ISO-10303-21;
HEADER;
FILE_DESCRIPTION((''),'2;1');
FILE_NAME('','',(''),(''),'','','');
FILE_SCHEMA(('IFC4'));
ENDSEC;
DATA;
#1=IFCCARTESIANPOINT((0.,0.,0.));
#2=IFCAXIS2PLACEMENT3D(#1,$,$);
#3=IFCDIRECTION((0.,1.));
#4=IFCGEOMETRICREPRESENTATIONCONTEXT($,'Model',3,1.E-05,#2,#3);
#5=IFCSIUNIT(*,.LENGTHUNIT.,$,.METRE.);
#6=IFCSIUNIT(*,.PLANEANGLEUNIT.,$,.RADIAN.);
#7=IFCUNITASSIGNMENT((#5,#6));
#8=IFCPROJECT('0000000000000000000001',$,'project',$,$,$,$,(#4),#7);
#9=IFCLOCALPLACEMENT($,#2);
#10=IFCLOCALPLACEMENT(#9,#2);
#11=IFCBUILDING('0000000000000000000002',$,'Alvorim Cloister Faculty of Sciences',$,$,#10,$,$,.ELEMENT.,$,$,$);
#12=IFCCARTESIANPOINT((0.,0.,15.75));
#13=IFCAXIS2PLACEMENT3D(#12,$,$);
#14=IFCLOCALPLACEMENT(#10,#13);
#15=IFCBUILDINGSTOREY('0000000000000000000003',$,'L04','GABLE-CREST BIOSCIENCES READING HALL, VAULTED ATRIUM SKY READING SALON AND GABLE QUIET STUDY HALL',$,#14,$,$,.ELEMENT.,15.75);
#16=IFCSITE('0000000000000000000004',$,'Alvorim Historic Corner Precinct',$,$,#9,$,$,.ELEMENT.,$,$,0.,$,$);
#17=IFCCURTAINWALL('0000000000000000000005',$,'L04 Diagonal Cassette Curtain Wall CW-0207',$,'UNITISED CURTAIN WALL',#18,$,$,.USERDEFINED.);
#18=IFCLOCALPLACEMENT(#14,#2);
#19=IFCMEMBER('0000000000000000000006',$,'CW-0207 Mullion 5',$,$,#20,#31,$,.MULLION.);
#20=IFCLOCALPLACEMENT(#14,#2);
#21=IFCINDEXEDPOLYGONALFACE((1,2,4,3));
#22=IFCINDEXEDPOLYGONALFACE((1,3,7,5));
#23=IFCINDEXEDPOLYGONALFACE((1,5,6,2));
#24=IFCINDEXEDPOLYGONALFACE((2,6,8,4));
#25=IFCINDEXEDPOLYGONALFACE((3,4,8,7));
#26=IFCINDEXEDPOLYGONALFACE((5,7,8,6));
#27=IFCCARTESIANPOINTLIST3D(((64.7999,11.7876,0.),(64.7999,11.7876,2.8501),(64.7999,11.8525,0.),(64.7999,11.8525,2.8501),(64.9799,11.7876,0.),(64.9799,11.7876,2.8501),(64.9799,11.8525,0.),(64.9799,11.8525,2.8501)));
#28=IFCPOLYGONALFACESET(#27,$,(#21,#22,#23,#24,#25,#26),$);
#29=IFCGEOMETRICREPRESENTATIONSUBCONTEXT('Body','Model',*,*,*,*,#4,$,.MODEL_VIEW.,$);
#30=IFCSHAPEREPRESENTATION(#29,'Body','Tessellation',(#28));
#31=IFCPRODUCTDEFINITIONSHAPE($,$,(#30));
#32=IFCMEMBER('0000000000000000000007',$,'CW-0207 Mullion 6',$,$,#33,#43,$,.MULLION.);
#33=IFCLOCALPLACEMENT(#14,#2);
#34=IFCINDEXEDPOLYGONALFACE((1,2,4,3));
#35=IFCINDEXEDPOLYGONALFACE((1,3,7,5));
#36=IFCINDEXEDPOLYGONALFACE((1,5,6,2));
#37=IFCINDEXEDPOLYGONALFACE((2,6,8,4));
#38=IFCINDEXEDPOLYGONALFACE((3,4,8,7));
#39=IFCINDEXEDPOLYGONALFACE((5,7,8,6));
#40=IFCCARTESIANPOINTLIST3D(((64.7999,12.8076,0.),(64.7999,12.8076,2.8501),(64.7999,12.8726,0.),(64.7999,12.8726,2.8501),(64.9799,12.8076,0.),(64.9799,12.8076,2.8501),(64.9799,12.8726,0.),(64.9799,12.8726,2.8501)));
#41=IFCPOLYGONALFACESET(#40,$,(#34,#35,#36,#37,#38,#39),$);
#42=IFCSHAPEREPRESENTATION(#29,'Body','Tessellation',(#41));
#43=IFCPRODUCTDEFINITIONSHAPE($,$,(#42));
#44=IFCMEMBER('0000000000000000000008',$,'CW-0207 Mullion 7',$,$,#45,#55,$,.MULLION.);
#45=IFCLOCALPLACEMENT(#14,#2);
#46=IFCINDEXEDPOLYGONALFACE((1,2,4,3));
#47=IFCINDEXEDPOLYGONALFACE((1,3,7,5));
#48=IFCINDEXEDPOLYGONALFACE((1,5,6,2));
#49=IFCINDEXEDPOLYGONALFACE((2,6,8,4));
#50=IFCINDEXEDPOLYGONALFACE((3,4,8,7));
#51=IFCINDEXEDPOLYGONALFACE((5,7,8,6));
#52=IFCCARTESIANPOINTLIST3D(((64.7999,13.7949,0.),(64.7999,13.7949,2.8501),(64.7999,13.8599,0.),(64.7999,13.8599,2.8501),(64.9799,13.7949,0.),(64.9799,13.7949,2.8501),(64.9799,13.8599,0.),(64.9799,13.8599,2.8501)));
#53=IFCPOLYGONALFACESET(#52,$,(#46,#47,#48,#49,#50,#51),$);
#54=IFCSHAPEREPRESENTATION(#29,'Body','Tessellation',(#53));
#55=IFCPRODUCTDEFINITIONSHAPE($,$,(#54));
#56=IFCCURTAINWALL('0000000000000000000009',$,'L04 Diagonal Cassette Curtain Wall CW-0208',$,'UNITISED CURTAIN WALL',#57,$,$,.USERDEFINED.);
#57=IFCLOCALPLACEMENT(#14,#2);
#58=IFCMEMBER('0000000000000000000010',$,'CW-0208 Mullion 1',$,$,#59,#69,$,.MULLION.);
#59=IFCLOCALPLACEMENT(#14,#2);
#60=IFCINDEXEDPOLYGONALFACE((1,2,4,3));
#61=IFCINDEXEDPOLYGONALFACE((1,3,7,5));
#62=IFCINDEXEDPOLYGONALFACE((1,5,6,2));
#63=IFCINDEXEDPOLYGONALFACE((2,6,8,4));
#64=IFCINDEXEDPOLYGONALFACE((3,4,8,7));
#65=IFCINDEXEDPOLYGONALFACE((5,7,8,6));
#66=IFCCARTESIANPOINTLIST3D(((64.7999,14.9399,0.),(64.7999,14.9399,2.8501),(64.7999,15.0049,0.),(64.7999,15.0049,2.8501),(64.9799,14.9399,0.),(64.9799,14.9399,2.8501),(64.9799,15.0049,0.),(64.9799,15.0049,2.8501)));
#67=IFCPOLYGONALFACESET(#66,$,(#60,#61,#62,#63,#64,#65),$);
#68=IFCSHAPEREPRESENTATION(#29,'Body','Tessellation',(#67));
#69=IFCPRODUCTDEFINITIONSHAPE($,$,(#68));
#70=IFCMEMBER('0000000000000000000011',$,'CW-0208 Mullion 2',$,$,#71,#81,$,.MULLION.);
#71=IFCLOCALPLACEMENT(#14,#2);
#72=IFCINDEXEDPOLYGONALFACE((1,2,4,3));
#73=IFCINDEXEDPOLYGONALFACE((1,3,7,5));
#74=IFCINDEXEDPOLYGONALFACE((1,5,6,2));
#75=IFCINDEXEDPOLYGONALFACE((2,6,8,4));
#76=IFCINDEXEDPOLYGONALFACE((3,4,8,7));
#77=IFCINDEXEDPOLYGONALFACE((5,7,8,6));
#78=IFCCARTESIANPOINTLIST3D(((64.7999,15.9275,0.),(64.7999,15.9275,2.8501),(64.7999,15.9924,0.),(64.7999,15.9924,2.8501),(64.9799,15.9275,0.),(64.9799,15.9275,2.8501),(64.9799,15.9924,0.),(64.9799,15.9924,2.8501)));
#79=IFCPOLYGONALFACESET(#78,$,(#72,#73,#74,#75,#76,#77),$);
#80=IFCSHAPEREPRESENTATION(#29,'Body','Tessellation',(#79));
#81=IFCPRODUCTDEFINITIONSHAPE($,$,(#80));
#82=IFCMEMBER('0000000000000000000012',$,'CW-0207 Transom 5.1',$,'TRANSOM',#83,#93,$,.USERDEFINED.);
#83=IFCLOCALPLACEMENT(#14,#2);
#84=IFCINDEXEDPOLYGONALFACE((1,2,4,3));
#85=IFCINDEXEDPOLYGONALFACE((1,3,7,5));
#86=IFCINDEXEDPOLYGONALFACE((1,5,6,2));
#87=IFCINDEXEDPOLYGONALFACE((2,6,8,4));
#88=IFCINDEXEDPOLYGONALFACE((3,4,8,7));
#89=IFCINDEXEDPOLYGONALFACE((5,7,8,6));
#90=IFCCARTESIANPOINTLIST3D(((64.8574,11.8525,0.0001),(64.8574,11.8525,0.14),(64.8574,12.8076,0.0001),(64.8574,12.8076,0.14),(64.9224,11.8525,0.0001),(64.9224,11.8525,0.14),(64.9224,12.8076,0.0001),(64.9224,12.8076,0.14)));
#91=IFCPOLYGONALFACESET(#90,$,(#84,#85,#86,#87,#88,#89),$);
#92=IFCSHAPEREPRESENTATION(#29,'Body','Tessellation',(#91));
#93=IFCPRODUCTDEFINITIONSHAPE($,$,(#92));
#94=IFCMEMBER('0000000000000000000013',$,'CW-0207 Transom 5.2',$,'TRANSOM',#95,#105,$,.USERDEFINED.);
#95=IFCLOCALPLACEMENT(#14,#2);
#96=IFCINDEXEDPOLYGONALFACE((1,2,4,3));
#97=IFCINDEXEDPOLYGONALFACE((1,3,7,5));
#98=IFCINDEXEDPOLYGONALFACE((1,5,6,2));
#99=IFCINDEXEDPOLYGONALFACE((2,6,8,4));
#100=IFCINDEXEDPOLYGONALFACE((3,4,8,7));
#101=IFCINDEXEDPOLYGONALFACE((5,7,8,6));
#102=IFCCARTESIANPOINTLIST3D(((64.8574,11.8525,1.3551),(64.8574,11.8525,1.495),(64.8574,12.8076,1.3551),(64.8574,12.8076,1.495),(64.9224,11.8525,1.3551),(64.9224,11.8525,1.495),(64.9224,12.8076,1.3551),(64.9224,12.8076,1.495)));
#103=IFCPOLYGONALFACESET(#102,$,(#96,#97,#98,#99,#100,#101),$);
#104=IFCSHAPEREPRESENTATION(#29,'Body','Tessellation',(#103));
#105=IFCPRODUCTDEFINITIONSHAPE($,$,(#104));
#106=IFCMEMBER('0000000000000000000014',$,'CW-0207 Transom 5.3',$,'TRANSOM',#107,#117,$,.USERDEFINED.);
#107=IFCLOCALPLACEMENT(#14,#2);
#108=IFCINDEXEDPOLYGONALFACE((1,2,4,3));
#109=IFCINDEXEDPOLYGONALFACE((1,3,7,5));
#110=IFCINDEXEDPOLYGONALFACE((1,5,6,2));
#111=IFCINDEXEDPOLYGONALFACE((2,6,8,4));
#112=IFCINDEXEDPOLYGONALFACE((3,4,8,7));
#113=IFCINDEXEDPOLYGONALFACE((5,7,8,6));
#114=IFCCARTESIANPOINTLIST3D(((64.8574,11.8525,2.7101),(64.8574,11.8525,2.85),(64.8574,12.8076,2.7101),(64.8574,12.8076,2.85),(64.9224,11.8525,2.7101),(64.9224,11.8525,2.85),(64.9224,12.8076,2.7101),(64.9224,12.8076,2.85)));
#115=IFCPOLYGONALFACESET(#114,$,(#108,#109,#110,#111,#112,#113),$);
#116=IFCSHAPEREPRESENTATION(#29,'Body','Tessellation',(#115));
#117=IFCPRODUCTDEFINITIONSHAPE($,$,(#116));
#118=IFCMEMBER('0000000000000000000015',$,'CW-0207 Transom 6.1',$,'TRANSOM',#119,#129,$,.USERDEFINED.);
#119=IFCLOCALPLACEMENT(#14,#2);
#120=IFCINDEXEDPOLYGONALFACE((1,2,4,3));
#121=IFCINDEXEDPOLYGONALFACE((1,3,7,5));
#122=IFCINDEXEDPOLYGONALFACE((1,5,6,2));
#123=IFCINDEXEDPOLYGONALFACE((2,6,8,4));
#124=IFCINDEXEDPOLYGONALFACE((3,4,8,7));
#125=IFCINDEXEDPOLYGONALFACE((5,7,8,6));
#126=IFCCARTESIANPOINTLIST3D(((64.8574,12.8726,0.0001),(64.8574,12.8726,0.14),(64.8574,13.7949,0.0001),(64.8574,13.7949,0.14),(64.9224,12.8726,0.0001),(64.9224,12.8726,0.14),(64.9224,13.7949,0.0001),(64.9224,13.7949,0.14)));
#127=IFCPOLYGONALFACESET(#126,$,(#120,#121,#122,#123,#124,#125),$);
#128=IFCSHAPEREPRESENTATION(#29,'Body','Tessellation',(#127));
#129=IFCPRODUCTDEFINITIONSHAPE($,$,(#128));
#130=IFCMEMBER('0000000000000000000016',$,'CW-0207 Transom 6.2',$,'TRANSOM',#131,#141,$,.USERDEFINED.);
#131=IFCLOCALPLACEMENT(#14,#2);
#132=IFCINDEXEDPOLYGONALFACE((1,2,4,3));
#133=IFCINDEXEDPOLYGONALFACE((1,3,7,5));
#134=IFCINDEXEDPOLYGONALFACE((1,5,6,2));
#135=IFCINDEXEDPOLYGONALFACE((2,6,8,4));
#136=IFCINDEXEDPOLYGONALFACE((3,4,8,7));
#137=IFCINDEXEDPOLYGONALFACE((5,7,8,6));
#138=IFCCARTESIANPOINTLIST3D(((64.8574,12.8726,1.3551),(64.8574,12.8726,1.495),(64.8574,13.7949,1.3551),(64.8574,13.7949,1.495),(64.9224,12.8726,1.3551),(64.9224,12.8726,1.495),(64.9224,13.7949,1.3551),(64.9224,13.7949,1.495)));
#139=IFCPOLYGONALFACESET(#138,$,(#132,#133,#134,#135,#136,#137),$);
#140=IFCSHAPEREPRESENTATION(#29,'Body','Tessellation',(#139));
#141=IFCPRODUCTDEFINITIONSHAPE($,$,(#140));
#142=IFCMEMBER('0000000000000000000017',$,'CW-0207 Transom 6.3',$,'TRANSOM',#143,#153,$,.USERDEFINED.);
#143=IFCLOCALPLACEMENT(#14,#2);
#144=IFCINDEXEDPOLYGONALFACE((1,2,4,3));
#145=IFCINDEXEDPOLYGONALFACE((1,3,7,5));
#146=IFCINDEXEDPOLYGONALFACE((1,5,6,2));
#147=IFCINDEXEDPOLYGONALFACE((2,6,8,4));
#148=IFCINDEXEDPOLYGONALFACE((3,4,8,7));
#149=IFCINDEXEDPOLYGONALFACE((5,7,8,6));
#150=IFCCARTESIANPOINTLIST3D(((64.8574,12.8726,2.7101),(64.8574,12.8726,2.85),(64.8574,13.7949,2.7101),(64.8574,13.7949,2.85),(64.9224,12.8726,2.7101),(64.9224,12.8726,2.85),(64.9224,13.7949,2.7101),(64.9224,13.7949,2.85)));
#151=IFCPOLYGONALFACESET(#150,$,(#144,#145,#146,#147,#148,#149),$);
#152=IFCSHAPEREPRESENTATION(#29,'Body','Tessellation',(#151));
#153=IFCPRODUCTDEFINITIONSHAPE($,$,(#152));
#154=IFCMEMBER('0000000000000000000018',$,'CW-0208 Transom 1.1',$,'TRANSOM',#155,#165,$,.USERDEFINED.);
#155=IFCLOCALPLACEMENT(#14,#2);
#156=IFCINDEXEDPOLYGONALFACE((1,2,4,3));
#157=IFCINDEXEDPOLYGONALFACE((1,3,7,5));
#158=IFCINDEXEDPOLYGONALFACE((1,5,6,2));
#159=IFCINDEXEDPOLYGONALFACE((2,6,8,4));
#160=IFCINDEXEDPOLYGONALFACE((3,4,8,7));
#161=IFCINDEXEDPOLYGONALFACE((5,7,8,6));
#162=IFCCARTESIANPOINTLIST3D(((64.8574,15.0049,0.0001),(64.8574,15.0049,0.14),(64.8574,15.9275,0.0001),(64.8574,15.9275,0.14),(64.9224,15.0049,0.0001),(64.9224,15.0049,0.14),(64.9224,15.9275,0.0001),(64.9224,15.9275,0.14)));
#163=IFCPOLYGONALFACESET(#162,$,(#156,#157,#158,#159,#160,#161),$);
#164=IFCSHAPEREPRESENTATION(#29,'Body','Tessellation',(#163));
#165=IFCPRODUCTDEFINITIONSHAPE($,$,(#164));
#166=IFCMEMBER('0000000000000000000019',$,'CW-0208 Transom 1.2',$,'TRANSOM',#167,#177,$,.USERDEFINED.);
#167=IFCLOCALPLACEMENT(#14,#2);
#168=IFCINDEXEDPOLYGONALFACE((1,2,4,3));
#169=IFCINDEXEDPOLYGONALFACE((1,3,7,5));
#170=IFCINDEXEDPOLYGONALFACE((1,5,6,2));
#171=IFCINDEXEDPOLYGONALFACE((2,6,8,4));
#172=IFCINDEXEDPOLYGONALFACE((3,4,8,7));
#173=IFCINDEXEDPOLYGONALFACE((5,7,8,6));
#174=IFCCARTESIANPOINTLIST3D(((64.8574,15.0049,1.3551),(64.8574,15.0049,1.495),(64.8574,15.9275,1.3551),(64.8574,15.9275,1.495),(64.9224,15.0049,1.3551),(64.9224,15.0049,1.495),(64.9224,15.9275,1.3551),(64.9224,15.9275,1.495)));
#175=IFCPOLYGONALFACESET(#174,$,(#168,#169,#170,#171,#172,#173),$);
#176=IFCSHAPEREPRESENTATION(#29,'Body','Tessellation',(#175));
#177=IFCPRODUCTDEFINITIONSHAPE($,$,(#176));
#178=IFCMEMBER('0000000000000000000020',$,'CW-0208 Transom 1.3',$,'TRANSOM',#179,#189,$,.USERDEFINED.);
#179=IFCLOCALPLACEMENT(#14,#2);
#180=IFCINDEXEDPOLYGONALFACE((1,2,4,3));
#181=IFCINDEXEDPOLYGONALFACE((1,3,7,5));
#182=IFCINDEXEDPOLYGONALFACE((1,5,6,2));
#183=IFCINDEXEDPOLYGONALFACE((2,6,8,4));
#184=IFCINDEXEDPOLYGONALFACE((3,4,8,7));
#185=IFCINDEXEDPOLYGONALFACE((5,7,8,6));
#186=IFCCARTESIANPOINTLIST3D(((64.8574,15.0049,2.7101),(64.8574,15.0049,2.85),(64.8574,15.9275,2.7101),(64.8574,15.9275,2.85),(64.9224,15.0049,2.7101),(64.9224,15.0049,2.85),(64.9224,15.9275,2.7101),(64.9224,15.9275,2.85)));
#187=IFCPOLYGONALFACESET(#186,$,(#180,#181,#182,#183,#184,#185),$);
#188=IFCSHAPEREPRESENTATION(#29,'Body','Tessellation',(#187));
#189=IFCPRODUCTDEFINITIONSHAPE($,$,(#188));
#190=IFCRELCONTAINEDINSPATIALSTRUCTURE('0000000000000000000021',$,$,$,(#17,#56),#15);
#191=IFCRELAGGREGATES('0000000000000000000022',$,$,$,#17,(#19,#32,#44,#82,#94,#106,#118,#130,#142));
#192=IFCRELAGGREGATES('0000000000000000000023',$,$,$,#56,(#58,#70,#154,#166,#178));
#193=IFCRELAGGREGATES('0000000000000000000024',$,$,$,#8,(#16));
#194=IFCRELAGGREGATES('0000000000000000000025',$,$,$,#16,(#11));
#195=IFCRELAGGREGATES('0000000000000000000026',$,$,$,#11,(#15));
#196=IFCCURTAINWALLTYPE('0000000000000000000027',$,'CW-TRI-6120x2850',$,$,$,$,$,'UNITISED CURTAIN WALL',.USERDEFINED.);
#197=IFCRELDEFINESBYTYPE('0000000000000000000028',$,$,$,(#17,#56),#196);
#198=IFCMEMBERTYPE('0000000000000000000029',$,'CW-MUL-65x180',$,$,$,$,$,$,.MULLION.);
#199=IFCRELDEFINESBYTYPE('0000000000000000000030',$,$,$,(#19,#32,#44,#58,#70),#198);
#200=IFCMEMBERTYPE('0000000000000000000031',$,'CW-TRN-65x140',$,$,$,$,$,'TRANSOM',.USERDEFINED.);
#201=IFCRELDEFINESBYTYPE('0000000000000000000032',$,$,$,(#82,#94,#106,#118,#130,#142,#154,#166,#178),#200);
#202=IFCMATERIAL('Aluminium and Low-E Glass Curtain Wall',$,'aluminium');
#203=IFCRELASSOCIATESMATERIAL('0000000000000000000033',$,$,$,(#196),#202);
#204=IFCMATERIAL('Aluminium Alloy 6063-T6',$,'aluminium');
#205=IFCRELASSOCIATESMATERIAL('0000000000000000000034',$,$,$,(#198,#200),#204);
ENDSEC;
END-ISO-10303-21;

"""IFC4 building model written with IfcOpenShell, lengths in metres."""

from ifc_helpers import new_model, si_unit, direction, frame, origin, origin_2d, place, context, subcontext, project, spatial, rectangle, extrude, material, material_profile, profile_set, type_object, element, aggregate, save


model = new_model("IFC4")

# Units and contexts
model_context = context("Model", 3, precision=1e-05, world=origin(), true_north=direction((0.0, 1.0)))
body_context = subcontext(model_context, "Body", "Model", "MODEL_VIEW")
ifc_project = project(units=[si_unit("LENGTHUNIT", "METRE"), si_unit("PLANEANGLEUNIT", "RADIAN")], contexts=[model_context])

# Site, building, storey
site_placement = place(None, origin())
site = spatial("IfcSite", under=ifc_project, at=site_placement, Name="Alvorim Historic Corner Precinct", CompositionType="ELEMENT", RefElevation=0.0)
building_placement = place(site_placement, origin())
building = spatial("IfcBuilding", under=site, at=building_placement, Name="Alvorim Cloister Faculty of Sciences", CompositionType="ELEMENT")
storey_placement = place(building_placement, frame((0.0, 0.0, 15.75)))
storey = spatial("IfcBuildingStorey", under=building, at=storey_placement, Name="L04", Description="GABLE-CREST BIOSCIENCES READING HALL, VAULTED ATRIUM SKY READING SALON AND GABLE QUIET STUDY HALL", CompositionType="ELEMENT", Elevation=15.75)

# Curtain walls, members
ifc_material_1 = material(Name="Aluminium and Low-E Glass Curtain Wall", Category="aluminium")
curtain_wall_type = type_object("IfcCurtainWallType", Name="CW-TRI-6120x2850", ElementType="UNITISED CURTAIN WALL", PredefinedType="USERDEFINED", material=ifc_material_1)
curtain_wall_1_placement = place(storey_placement, origin())
curtain_wall_1 = element("IfcCurtainWall", 1, at=curtain_wall_1_placement, inside=storey, type_object=curtain_wall_type, Name="L04 Diagonal Cassette Curtain Wall CW-0207", ObjectType="UNITISED CURTAIN WALL", PredefinedType="USERDEFINED")
ifc_material_2 = material(Name="Aluminium Alloy 6063-T6", Category="aluminium")
ifc_material_profile_1 = material_profile(ifc_material_2, rectangle(XDim=0.0649, YDim=0.1799, at=origin_2d()), Name="ALU-MUL-65x180")
ifc_profile_set_1 = profile_set([ifc_material_profile_1], Name="Aluminium Alloy 6063-T6")
member_type_1 = type_object("IfcMemberType", Name="CW-MUL-65x180", PredefinedType="MULLION", material=ifc_profile_set_1)
member_1_placement = place(storey_placement, frame((64.8899, 11.8201, 0.0), z_axis=(0.0, 0.0, 1.0), x_axis=(0.0, 1.0, 0.0)))
member_1 = element("IfcMember", 2, at=member_1_placement, type_object=member_type_1, Name="CW-0207 Mullion 5", PredefinedType="MULLION", context=body_context, shape_type="SweptSolid", body=[
    extrude(rectangle(XDim=0.0649, YDim=0.1799, at=origin_2d()), origin(), (0.0, 0.0, 1.0), 2.8501),
])
member_2_placement = place(storey_placement, frame((64.8899, 12.8401, 0.0), z_axis=(0.0, 0.0, 1.0), x_axis=(0.0, 1.0, 0.0)))
member_2 = element("IfcMember", 3, at=member_2_placement, type_object=member_type_1, Name="CW-0207 Mullion 6", PredefinedType="MULLION", context=body_context, shape_type="SweptSolid", body=[
    extrude(rectangle(XDim=0.0649, YDim=0.1799, at=origin_2d()), origin(), (0.0, 0.0, 1.0), 2.8501),
])
member_3_placement = place(storey_placement, frame((64.8899, 13.8274, 0.0), z_axis=(0.0, 0.0, 1.0), x_axis=(0.0, 1.0, 0.0)))
member_3 = element("IfcMember", 4, at=member_3_placement, type_object=member_type_1, Name="CW-0207 Mullion 7", PredefinedType="MULLION", context=body_context, shape_type="SweptSolid", body=[
    extrude(rectangle(XDim=0.0649, YDim=0.1799, at=origin_2d()), origin(), (0.0, 0.0, 1.0), 2.8501),
])
curtain_wall_2_placement = place(storey_placement, origin())
curtain_wall_2 = element("IfcCurtainWall", 5, at=curtain_wall_2_placement, inside=storey, type_object=curtain_wall_type, Name="L04 Diagonal Cassette Curtain Wall CW-0208", ObjectType="UNITISED CURTAIN WALL", PredefinedType="USERDEFINED")
member_4_placement = place(storey_placement, frame((64.8899, 14.9724, 0.0), z_axis=(0.0, 0.0, 1.0), x_axis=(0.0, 1.0, 0.0)))
member_4 = element("IfcMember", 6, at=member_4_placement, type_object=member_type_1, Name="CW-0208 Mullion 1", PredefinedType="MULLION", context=body_context, shape_type="SweptSolid", body=[
    extrude(rectangle(XDim=0.0649, YDim=0.1799, at=origin_2d()), origin(), (0.0, 0.0, 1.0), 2.8501),
])
member_5_placement = place(storey_placement, frame((64.8899, 15.96, 0.0), z_axis=(0.0, 0.0, 1.0), x_axis=(0.0, 1.0, 0.0)))
member_5 = element("IfcMember", 7, at=member_5_placement, type_object=member_type_1, Name="CW-0208 Mullion 2", PredefinedType="MULLION", context=body_context, shape_type="SweptSolid", body=[
    extrude(rectangle(XDim=0.0649, YDim=0.1799, at=origin_2d()), origin(), (0.0, 0.0, 1.0), 2.8501),
])

# Members
ifc_material_profile_2 = material_profile(ifc_material_2, rectangle(XDim=0.0649, YDim=0.1399, at=origin_2d()), Name="ALU-TRN-65x140")
ifc_profile_set_2 = profile_set([ifc_material_profile_2], Name="Aluminium Alloy 6063-T6")
member_type_2 = type_object("IfcMemberType", Name="CW-TRN-65x140", ElementType="TRANSOM", PredefinedType="USERDEFINED", material=ifc_profile_set_2)
member_6_placement = place(storey_placement, frame((64.8899, 11.8525, 0.0701), z_axis=(0.0, 1.0, 0.0), x_axis=(-1.0, 0.0, 0.0)))
member_6 = element("IfcMember", 8, at=member_6_placement, type_object=member_type_2, Name="CW-0207 Transom 5.1", ObjectType="TRANSOM", PredefinedType="USERDEFINED", context=body_context, shape_type="SweptSolid", body=[
    extrude(rectangle(XDim=0.0649, YDim=0.1399, at=origin_2d()), origin(), (0.0, 0.0, 1.0), 0.9551),
])
member_7_placement = place(storey_placement, frame((64.8899, 11.8525, 1.425), z_axis=(0.0, 1.0, 0.0), x_axis=(-1.0, 0.0, 0.0)))
member_7 = element("IfcMember", 9, at=member_7_placement, type_object=member_type_2, Name="CW-0207 Transom 5.2", ObjectType="TRANSOM", PredefinedType="USERDEFINED", context=body_context, shape_type="SweptSolid", body=[
    extrude(rectangle(XDim=0.0649, YDim=0.1399, at=origin_2d()), origin(), (0.0, 0.0, 1.0), 0.9551),
])
member_8_placement = place(storey_placement, frame((64.8899, 11.8525, 2.78), z_axis=(0.0, 1.0, 0.0), x_axis=(-1.0, 0.0, 0.0)))
member_8 = element("IfcMember", 10, at=member_8_placement, type_object=member_type_2, Name="CW-0207 Transom 5.3", ObjectType="TRANSOM", PredefinedType="USERDEFINED", context=body_context, shape_type="SweptSolid", body=[
    extrude(rectangle(XDim=0.0649, YDim=0.1399, at=origin_2d()), origin(), (0.0, 0.0, 1.0), 0.9551),
])
member_9_placement = place(storey_placement, frame((64.8899, 12.8726, 0.0701), z_axis=(0.0, 1.0, 0.0), x_axis=(-1.0, 0.0, 0.0)))
member_9 = element("IfcMember", 11, at=member_9_placement, type_object=member_type_2, Name="CW-0207 Transom 6.1", ObjectType="TRANSOM", PredefinedType="USERDEFINED", context=body_context, shape_type="SweptSolid", body=[
    extrude(rectangle(XDim=0.0649, YDim=0.1399, at=origin_2d()), origin(), (0.0, 0.0, 1.0), 0.9224),
])
member_10_placement = place(storey_placement, frame((64.8899, 12.8726, 1.425), z_axis=(0.0, 1.0, 0.0), x_axis=(-1.0, 0.0, 0.0)))
member_10 = element("IfcMember", 12, at=member_10_placement, type_object=member_type_2, Name="CW-0207 Transom 6.2", ObjectType="TRANSOM", PredefinedType="USERDEFINED", context=body_context, shape_type="SweptSolid", body=[
    extrude(rectangle(XDim=0.0649, YDim=0.1399, at=origin_2d()), origin(), (0.0, 0.0, 1.0), 0.9224),
])
member_11_placement = place(storey_placement, frame((64.8899, 12.8726, 2.78), z_axis=(0.0, 1.0, 0.0), x_axis=(-1.0, 0.0, 0.0)))
member_11 = element("IfcMember", 13, at=member_11_placement, type_object=member_type_2, Name="CW-0207 Transom 6.3", ObjectType="TRANSOM", PredefinedType="USERDEFINED", context=body_context, shape_type="SweptSolid", body=[
    extrude(rectangle(XDim=0.0649, YDim=0.1399, at=origin_2d()), origin(), (0.0, 0.0, 1.0), 0.9224),
])
aggregate(curtain_wall_1, [member_1, member_2, member_3, member_6, member_7, member_8, member_9, member_10, member_11])
member_12_placement = place(storey_placement, frame((64.8899, 15.0049, 0.0701), z_axis=(0.0, 1.0, 0.0), x_axis=(-1.0, 0.0, 0.0)))
member_12 = element("IfcMember", 14, at=member_12_placement, type_object=member_type_2, Name="CW-0208 Transom 1.1", ObjectType="TRANSOM", PredefinedType="USERDEFINED", context=body_context, shape_type="SweptSolid", body=[
    extrude(rectangle(XDim=0.0649, YDim=0.1399, at=origin_2d()), origin(), (0.0, 0.0, 1.0), 0.9226),
])
member_13_placement = place(storey_placement, frame((64.8899, 15.0049, 1.425), z_axis=(0.0, 1.0, 0.0), x_axis=(-1.0, 0.0, 0.0)))
member_13 = element("IfcMember", 15, at=member_13_placement, type_object=member_type_2, Name="CW-0208 Transom 1.2", ObjectType="TRANSOM", PredefinedType="USERDEFINED", context=body_context, shape_type="SweptSolid", body=[
    extrude(rectangle(XDim=0.0649, YDim=0.1399, at=origin_2d()), origin(), (0.0, 0.0, 1.0), 0.9226),
])
member_14_placement = place(storey_placement, frame((64.8899, 15.0049, 2.78), z_axis=(0.0, 1.0, 0.0), x_axis=(-1.0, 0.0, 0.0)))
member_14 = element("IfcMember", 16, at=member_14_placement, type_object=member_type_2, Name="CW-0208 Transom 1.3", ObjectType="TRANSOM", PredefinedType="USERDEFINED", context=body_context, shape_type="SweptSolid", body=[
    extrude(rectangle(XDim=0.0649, YDim=0.1399, at=origin_2d()), origin(), (0.0, 0.0, 1.0), 0.9226),
])
aggregate(curtain_wall_2, [member_4, member_5, member_12, member_13, member_14])

save(model, "model.ifc")
